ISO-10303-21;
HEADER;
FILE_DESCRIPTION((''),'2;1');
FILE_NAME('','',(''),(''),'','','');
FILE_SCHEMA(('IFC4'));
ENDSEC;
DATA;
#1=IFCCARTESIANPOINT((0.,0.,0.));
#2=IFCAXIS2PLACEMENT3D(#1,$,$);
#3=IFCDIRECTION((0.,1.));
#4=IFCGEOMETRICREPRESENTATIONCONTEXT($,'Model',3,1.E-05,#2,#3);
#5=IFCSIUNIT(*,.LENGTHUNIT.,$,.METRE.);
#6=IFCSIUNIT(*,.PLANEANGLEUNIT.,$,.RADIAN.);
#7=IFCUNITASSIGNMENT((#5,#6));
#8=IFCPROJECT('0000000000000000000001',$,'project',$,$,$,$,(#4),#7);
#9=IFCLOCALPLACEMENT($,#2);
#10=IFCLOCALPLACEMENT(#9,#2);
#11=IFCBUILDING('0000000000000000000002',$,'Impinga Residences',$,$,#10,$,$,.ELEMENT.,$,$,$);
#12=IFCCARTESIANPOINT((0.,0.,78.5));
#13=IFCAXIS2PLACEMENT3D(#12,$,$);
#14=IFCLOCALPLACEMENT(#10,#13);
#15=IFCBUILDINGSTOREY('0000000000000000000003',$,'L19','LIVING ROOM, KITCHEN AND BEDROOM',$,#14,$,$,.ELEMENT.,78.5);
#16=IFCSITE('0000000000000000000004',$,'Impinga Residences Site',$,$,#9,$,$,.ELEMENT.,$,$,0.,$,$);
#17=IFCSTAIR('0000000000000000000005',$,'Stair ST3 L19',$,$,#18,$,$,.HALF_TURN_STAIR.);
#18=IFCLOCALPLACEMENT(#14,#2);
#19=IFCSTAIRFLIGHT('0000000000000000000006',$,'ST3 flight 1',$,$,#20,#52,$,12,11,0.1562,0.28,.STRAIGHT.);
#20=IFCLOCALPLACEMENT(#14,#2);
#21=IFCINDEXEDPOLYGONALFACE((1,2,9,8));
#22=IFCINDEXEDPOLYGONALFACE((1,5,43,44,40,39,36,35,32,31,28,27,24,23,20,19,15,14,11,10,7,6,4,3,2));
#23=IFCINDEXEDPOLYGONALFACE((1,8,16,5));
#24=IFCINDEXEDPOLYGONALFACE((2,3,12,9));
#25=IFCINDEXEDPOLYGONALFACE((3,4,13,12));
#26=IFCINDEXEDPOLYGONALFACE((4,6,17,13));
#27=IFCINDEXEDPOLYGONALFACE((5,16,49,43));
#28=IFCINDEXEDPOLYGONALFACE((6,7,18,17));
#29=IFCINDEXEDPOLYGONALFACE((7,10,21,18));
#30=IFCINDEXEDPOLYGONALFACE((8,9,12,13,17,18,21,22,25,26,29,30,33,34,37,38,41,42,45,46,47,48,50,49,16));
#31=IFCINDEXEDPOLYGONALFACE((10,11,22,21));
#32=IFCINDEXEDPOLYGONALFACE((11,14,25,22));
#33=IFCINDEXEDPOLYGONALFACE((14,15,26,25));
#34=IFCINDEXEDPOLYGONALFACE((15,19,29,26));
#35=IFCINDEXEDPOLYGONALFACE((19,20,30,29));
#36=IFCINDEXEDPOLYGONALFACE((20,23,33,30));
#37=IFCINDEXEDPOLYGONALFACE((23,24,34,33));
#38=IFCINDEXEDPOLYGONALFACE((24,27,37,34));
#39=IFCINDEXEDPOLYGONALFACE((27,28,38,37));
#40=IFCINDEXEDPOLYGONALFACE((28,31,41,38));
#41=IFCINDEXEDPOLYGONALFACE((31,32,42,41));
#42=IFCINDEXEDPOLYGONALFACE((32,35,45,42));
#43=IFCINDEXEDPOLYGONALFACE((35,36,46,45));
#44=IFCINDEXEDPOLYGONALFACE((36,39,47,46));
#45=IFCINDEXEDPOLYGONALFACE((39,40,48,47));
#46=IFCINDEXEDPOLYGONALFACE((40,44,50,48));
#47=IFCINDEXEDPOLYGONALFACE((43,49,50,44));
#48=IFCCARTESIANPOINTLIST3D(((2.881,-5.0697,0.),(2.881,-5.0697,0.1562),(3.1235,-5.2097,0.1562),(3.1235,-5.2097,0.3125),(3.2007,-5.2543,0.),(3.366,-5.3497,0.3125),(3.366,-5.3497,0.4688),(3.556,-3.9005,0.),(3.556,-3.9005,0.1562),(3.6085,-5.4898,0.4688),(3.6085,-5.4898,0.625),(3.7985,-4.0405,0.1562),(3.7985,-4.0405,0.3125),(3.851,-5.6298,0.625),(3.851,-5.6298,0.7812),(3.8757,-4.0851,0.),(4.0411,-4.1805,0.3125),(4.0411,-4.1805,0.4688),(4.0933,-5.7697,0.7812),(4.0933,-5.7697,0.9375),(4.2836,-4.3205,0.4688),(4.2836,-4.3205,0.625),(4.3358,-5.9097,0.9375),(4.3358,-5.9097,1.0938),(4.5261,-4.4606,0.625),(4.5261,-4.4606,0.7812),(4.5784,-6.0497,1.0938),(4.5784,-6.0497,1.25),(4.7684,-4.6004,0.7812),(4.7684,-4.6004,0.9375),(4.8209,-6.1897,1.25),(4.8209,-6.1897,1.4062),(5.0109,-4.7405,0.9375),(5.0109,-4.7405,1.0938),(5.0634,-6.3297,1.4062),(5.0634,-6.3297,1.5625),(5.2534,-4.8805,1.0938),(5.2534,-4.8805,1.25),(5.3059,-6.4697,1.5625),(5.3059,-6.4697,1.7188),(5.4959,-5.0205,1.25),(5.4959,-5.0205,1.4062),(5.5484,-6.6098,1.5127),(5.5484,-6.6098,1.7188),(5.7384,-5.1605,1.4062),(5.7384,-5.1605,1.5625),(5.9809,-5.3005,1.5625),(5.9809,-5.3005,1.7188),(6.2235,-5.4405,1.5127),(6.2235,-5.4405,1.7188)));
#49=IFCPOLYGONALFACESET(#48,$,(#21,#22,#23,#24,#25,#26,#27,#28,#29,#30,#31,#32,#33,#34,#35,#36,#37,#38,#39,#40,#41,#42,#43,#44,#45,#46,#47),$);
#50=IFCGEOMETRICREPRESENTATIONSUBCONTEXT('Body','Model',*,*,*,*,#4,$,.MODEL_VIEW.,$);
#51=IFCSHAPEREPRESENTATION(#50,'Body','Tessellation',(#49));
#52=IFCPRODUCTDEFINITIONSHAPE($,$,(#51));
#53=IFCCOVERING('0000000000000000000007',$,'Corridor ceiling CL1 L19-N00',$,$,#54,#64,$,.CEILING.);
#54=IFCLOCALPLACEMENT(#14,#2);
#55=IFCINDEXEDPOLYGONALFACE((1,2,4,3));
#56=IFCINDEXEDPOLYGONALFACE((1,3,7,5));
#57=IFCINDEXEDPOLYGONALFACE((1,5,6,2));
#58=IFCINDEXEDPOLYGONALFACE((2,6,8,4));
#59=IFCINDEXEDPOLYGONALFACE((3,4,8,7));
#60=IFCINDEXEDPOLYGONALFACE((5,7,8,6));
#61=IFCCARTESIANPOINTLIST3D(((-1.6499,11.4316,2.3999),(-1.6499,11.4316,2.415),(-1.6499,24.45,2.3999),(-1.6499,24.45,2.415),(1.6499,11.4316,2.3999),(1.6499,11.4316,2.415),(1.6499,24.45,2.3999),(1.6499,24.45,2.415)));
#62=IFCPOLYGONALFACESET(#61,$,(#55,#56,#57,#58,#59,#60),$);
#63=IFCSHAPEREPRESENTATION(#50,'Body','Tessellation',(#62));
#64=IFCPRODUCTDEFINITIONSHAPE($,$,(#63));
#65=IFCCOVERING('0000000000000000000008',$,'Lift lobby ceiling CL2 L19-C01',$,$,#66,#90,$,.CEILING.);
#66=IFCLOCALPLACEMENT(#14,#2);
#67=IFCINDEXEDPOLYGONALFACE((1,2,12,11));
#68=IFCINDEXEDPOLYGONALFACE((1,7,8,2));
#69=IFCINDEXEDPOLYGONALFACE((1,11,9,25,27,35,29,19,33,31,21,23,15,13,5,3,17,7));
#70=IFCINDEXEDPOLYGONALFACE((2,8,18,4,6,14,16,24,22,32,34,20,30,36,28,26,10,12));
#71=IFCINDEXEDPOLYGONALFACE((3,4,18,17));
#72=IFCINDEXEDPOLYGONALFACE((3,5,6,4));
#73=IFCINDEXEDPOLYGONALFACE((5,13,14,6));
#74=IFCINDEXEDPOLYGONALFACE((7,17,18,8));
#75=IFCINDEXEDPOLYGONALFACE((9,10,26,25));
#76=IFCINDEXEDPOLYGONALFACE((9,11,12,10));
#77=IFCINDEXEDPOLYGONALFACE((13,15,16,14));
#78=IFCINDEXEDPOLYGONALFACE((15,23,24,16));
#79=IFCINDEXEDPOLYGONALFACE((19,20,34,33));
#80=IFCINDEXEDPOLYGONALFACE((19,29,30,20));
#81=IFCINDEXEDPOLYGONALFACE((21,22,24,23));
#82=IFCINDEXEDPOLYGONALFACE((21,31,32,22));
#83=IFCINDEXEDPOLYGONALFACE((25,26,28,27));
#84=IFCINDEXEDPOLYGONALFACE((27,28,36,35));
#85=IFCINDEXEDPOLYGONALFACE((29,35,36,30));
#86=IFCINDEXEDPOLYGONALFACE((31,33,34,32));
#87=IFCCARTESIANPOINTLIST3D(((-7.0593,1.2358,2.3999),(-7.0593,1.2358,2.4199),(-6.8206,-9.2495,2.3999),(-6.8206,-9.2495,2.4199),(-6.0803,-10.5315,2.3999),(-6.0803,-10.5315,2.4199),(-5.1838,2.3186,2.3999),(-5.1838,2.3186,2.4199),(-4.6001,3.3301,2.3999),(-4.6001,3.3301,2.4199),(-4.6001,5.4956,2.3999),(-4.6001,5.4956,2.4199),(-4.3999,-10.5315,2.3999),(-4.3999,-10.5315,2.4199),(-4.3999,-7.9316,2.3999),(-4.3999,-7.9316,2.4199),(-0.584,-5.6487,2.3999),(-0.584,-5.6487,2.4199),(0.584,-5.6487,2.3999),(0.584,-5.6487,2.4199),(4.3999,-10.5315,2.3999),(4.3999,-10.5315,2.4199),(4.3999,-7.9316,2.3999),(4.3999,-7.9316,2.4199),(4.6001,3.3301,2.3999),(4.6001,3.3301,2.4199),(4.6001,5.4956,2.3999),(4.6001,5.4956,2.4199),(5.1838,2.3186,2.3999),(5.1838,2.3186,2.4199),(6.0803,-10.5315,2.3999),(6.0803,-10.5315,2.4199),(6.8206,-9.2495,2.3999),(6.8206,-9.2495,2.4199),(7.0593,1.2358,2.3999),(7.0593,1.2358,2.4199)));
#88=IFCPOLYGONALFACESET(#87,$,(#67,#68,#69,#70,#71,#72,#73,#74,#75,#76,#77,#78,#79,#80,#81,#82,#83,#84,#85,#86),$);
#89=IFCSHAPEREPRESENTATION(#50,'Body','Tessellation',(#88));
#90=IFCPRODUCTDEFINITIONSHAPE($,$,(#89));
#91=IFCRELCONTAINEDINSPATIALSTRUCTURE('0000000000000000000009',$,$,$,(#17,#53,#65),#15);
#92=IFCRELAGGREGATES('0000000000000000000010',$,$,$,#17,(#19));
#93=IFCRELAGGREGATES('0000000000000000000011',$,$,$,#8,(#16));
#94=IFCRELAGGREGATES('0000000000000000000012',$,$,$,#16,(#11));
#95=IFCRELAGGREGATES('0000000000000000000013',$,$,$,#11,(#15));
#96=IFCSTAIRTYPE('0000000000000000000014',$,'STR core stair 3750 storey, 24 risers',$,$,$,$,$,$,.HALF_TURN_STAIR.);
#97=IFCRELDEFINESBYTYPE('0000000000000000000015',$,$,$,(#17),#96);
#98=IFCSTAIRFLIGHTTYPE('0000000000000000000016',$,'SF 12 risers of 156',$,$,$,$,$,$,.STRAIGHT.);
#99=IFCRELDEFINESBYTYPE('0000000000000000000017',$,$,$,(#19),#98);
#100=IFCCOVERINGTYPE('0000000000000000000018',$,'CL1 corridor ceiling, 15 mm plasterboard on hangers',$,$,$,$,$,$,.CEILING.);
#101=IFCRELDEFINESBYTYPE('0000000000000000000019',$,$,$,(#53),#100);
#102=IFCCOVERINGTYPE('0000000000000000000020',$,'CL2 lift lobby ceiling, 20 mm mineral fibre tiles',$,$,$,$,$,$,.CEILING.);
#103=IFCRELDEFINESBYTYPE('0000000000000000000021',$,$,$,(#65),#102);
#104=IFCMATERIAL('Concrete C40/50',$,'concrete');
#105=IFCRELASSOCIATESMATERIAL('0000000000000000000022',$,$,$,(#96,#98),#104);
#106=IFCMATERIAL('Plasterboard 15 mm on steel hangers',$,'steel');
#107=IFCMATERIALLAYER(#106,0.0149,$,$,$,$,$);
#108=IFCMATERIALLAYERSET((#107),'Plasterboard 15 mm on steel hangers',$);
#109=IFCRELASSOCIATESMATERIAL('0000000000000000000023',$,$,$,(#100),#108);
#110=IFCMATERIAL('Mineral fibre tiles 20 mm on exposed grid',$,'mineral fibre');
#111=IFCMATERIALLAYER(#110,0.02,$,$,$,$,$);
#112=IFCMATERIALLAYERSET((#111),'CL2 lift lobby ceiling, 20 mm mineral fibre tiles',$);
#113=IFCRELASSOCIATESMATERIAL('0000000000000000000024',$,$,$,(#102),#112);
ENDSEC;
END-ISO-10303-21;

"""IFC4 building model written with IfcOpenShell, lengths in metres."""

from ifc_helpers import new_model, si_unit, direction, frame, origin, place, context, subcontext, project, spatial, polyline, outline, extrude, material, layer, layer_set, type_object, element, aggregate, save


model = new_model("IFC4")

# Units and contexts
model_context = context("Model", 3, precision=1e-05, world=origin(), true_north=direction((0.0, 1.0)))
body_context = subcontext(model_context, "Body", "Model", "MODEL_VIEW")
ifc_project = project(units=[si_unit("LENGTHUNIT", "METRE"), si_unit("PLANEANGLEUNIT", "RADIAN")], contexts=[model_context])

# Site, building, storey
site_placement = place(None, origin())
site = spatial("IfcSite", under=ifc_project, at=site_placement, Name="Impinga Residences Site", CompositionType="ELEMENT", RefElevation=0.0)
building_placement = place(site_placement, origin())
building = spatial("IfcBuilding", under=site, at=building_placement, Name="Impinga Residences", CompositionType="ELEMENT")
storey_placement = place(building_placement, frame((0.0, 0.0, 78.5)))
storey = spatial("IfcBuildingStorey", under=building, at=storey_placement, Name="L19", Description="LIVING ROOM, KITCHEN AND BEDROOM", CompositionType="ELEMENT", Elevation=78.5)

# Shared definitions
ifc_material_1 = material(Name="Concrete C40/50", Category="concrete")

# Stair, stair flight
stair_type_1 = type_object("IfcStairType", Name="STR core stair 3750 storey, 24 risers", PredefinedType="HALF_TURN_STAIR", material=ifc_material_1)
stair_1_placement = place(storey_placement, origin())
stair_1 = element("IfcStair", 1, at=stair_1_placement, inside=storey, type_object=stair_type_1, Name="Stair ST3 L19", PredefinedType="HALF_TURN_STAIR")
stair_flight_type = type_object("IfcStairFlightType", Name="SF 12 risers of 156", PredefinedType="STRAIGHT", material=ifc_material_1)
stair_flight_placement = place(storey_placement, frame((3.2185, -4.4851, 0.0), z_axis=(0.0, 0.0, 1.0), x_axis=(0.866025, -0.5, 0.0)))
stair_flight = element("IfcStairFlight", 2, at=stair_flight_placement, type_object=stair_flight_type, Name="ST3 flight 1", NumberOfRisers=12, NumberOfTreads=11, PredefinedType="STRAIGHT", RiserHeight=0.1562, TreadLength=0.28, context=body_context, shape_type="SweptSolid", body=[
    extrude(outline(polyline([(0.0, 0.0), (0.0, 0.1562), (0.28, 0.1562), (0.28, 0.3125), (0.5601, 0.3125), (0.5601, 0.4688), (0.8401, 0.4688), (0.8401, 0.625), (1.1201, 0.625), (1.1201, 0.7812), (1.3999, 0.7812), (1.3999, 0.9375), (1.6799, 0.9375), (1.6799, 1.0938), (1.96, 1.0938), (1.96, 1.25), (2.24, 1.25), (2.24, 1.4062), (2.52, 1.4062), (2.52, 1.5625), (2.8, 1.5625), (2.8, 1.7188), (3.0801, 1.7188), (3.0801, 1.875), (3.0801, 1.5127), (0.3691, 0.0), (0.0, 0.0)])), frame((0.0, 0.675, 0.0), z_axis=(0.0, -1.0, 0.0), x_axis=(1.0, 0.0, 0.0)), (0.0, 0.0, 1.0), 1.3501),
])
aggregate(stair_1, [stair_flight])

# Coverings
ifc_material_2 = material(Name="Plasterboard 15 mm on steel hangers", Category="steel")
ifc_layer_1 = layer(ifc_material_2, 0.0149)
ifc_layer_set_1 = layer_set([ifc_layer_1], Name="Plasterboard 15 mm on steel hangers")
covering_type_1 = type_object("IfcCoveringType", Name="CL1 corridor ceiling, 15 mm plasterboard on hangers", PredefinedType="CEILING", material=ifc_layer_set_1)
covering_1_placement = place(storey_placement, frame((0.0, 0.0, 2.3999)))
element("IfcCovering", 3, at=covering_1_placement, inside=storey, type_object=covering_type_1, Name="Corridor ceiling CL1 L19-N00", PredefinedType="CEILING", context=body_context, shape_type="SweptSolid", body=[
    extrude(outline(polyline([(1.6499, 11.4316), (-1.6499, 11.4316), (-1.6499, 24.45), (1.6499, 24.45), (1.6499, 11.4316)])), origin(), (0.0, 0.0, 1.0), 0.0151),
])
ifc_material_3 = material(Name="Mineral fibre tiles 20 mm on exposed grid", Category="mineral fibre")
ifc_layer_2 = layer(ifc_material_3, 0.02)
ifc_layer_set_2 = layer_set([ifc_layer_2], Name="CL2 lift lobby ceiling, 20 mm mineral fibre tiles")
covering_type_2 = type_object("IfcCoveringType", Name="CL2 lift lobby ceiling, 20 mm mineral fibre tiles", PredefinedType="CEILING", material=ifc_layer_set_2)
covering_2_placement = place(storey_placement, frame((0.0, 0.0, 2.3999)))
element("IfcCovering", 4, at=covering_2_placement, inside=storey, type_object=covering_type_2, Name="Lift lobby ceiling CL2 L19-C01", PredefinedType="CEILING", context=body_context, shape_type="SweptSolid", body=[
    extrude(outline(polyline([(6.0803, -10.5315), (4.3999, -10.5315), (4.3999, -7.9316), (-4.3999, -7.9316), (-4.3999, -10.5315), (-6.0803, -10.5315), (-6.8206, -9.2495), (-0.584, -5.6487), (-5.1838, 2.3186), (-7.0593, 1.2358), (-4.6001, 5.4956), (-4.6001, 3.3301), (4.6001, 3.3301), (4.6001, 5.4956), (7.0593, 1.2358), (5.1838, 2.3186), (0.584, -5.6487), (6.8206, -9.2495), (6.0803, -10.5315)])), origin(), (0.0, 0.0, 1.0), 0.02),
])

save(model, "model.ifc")
